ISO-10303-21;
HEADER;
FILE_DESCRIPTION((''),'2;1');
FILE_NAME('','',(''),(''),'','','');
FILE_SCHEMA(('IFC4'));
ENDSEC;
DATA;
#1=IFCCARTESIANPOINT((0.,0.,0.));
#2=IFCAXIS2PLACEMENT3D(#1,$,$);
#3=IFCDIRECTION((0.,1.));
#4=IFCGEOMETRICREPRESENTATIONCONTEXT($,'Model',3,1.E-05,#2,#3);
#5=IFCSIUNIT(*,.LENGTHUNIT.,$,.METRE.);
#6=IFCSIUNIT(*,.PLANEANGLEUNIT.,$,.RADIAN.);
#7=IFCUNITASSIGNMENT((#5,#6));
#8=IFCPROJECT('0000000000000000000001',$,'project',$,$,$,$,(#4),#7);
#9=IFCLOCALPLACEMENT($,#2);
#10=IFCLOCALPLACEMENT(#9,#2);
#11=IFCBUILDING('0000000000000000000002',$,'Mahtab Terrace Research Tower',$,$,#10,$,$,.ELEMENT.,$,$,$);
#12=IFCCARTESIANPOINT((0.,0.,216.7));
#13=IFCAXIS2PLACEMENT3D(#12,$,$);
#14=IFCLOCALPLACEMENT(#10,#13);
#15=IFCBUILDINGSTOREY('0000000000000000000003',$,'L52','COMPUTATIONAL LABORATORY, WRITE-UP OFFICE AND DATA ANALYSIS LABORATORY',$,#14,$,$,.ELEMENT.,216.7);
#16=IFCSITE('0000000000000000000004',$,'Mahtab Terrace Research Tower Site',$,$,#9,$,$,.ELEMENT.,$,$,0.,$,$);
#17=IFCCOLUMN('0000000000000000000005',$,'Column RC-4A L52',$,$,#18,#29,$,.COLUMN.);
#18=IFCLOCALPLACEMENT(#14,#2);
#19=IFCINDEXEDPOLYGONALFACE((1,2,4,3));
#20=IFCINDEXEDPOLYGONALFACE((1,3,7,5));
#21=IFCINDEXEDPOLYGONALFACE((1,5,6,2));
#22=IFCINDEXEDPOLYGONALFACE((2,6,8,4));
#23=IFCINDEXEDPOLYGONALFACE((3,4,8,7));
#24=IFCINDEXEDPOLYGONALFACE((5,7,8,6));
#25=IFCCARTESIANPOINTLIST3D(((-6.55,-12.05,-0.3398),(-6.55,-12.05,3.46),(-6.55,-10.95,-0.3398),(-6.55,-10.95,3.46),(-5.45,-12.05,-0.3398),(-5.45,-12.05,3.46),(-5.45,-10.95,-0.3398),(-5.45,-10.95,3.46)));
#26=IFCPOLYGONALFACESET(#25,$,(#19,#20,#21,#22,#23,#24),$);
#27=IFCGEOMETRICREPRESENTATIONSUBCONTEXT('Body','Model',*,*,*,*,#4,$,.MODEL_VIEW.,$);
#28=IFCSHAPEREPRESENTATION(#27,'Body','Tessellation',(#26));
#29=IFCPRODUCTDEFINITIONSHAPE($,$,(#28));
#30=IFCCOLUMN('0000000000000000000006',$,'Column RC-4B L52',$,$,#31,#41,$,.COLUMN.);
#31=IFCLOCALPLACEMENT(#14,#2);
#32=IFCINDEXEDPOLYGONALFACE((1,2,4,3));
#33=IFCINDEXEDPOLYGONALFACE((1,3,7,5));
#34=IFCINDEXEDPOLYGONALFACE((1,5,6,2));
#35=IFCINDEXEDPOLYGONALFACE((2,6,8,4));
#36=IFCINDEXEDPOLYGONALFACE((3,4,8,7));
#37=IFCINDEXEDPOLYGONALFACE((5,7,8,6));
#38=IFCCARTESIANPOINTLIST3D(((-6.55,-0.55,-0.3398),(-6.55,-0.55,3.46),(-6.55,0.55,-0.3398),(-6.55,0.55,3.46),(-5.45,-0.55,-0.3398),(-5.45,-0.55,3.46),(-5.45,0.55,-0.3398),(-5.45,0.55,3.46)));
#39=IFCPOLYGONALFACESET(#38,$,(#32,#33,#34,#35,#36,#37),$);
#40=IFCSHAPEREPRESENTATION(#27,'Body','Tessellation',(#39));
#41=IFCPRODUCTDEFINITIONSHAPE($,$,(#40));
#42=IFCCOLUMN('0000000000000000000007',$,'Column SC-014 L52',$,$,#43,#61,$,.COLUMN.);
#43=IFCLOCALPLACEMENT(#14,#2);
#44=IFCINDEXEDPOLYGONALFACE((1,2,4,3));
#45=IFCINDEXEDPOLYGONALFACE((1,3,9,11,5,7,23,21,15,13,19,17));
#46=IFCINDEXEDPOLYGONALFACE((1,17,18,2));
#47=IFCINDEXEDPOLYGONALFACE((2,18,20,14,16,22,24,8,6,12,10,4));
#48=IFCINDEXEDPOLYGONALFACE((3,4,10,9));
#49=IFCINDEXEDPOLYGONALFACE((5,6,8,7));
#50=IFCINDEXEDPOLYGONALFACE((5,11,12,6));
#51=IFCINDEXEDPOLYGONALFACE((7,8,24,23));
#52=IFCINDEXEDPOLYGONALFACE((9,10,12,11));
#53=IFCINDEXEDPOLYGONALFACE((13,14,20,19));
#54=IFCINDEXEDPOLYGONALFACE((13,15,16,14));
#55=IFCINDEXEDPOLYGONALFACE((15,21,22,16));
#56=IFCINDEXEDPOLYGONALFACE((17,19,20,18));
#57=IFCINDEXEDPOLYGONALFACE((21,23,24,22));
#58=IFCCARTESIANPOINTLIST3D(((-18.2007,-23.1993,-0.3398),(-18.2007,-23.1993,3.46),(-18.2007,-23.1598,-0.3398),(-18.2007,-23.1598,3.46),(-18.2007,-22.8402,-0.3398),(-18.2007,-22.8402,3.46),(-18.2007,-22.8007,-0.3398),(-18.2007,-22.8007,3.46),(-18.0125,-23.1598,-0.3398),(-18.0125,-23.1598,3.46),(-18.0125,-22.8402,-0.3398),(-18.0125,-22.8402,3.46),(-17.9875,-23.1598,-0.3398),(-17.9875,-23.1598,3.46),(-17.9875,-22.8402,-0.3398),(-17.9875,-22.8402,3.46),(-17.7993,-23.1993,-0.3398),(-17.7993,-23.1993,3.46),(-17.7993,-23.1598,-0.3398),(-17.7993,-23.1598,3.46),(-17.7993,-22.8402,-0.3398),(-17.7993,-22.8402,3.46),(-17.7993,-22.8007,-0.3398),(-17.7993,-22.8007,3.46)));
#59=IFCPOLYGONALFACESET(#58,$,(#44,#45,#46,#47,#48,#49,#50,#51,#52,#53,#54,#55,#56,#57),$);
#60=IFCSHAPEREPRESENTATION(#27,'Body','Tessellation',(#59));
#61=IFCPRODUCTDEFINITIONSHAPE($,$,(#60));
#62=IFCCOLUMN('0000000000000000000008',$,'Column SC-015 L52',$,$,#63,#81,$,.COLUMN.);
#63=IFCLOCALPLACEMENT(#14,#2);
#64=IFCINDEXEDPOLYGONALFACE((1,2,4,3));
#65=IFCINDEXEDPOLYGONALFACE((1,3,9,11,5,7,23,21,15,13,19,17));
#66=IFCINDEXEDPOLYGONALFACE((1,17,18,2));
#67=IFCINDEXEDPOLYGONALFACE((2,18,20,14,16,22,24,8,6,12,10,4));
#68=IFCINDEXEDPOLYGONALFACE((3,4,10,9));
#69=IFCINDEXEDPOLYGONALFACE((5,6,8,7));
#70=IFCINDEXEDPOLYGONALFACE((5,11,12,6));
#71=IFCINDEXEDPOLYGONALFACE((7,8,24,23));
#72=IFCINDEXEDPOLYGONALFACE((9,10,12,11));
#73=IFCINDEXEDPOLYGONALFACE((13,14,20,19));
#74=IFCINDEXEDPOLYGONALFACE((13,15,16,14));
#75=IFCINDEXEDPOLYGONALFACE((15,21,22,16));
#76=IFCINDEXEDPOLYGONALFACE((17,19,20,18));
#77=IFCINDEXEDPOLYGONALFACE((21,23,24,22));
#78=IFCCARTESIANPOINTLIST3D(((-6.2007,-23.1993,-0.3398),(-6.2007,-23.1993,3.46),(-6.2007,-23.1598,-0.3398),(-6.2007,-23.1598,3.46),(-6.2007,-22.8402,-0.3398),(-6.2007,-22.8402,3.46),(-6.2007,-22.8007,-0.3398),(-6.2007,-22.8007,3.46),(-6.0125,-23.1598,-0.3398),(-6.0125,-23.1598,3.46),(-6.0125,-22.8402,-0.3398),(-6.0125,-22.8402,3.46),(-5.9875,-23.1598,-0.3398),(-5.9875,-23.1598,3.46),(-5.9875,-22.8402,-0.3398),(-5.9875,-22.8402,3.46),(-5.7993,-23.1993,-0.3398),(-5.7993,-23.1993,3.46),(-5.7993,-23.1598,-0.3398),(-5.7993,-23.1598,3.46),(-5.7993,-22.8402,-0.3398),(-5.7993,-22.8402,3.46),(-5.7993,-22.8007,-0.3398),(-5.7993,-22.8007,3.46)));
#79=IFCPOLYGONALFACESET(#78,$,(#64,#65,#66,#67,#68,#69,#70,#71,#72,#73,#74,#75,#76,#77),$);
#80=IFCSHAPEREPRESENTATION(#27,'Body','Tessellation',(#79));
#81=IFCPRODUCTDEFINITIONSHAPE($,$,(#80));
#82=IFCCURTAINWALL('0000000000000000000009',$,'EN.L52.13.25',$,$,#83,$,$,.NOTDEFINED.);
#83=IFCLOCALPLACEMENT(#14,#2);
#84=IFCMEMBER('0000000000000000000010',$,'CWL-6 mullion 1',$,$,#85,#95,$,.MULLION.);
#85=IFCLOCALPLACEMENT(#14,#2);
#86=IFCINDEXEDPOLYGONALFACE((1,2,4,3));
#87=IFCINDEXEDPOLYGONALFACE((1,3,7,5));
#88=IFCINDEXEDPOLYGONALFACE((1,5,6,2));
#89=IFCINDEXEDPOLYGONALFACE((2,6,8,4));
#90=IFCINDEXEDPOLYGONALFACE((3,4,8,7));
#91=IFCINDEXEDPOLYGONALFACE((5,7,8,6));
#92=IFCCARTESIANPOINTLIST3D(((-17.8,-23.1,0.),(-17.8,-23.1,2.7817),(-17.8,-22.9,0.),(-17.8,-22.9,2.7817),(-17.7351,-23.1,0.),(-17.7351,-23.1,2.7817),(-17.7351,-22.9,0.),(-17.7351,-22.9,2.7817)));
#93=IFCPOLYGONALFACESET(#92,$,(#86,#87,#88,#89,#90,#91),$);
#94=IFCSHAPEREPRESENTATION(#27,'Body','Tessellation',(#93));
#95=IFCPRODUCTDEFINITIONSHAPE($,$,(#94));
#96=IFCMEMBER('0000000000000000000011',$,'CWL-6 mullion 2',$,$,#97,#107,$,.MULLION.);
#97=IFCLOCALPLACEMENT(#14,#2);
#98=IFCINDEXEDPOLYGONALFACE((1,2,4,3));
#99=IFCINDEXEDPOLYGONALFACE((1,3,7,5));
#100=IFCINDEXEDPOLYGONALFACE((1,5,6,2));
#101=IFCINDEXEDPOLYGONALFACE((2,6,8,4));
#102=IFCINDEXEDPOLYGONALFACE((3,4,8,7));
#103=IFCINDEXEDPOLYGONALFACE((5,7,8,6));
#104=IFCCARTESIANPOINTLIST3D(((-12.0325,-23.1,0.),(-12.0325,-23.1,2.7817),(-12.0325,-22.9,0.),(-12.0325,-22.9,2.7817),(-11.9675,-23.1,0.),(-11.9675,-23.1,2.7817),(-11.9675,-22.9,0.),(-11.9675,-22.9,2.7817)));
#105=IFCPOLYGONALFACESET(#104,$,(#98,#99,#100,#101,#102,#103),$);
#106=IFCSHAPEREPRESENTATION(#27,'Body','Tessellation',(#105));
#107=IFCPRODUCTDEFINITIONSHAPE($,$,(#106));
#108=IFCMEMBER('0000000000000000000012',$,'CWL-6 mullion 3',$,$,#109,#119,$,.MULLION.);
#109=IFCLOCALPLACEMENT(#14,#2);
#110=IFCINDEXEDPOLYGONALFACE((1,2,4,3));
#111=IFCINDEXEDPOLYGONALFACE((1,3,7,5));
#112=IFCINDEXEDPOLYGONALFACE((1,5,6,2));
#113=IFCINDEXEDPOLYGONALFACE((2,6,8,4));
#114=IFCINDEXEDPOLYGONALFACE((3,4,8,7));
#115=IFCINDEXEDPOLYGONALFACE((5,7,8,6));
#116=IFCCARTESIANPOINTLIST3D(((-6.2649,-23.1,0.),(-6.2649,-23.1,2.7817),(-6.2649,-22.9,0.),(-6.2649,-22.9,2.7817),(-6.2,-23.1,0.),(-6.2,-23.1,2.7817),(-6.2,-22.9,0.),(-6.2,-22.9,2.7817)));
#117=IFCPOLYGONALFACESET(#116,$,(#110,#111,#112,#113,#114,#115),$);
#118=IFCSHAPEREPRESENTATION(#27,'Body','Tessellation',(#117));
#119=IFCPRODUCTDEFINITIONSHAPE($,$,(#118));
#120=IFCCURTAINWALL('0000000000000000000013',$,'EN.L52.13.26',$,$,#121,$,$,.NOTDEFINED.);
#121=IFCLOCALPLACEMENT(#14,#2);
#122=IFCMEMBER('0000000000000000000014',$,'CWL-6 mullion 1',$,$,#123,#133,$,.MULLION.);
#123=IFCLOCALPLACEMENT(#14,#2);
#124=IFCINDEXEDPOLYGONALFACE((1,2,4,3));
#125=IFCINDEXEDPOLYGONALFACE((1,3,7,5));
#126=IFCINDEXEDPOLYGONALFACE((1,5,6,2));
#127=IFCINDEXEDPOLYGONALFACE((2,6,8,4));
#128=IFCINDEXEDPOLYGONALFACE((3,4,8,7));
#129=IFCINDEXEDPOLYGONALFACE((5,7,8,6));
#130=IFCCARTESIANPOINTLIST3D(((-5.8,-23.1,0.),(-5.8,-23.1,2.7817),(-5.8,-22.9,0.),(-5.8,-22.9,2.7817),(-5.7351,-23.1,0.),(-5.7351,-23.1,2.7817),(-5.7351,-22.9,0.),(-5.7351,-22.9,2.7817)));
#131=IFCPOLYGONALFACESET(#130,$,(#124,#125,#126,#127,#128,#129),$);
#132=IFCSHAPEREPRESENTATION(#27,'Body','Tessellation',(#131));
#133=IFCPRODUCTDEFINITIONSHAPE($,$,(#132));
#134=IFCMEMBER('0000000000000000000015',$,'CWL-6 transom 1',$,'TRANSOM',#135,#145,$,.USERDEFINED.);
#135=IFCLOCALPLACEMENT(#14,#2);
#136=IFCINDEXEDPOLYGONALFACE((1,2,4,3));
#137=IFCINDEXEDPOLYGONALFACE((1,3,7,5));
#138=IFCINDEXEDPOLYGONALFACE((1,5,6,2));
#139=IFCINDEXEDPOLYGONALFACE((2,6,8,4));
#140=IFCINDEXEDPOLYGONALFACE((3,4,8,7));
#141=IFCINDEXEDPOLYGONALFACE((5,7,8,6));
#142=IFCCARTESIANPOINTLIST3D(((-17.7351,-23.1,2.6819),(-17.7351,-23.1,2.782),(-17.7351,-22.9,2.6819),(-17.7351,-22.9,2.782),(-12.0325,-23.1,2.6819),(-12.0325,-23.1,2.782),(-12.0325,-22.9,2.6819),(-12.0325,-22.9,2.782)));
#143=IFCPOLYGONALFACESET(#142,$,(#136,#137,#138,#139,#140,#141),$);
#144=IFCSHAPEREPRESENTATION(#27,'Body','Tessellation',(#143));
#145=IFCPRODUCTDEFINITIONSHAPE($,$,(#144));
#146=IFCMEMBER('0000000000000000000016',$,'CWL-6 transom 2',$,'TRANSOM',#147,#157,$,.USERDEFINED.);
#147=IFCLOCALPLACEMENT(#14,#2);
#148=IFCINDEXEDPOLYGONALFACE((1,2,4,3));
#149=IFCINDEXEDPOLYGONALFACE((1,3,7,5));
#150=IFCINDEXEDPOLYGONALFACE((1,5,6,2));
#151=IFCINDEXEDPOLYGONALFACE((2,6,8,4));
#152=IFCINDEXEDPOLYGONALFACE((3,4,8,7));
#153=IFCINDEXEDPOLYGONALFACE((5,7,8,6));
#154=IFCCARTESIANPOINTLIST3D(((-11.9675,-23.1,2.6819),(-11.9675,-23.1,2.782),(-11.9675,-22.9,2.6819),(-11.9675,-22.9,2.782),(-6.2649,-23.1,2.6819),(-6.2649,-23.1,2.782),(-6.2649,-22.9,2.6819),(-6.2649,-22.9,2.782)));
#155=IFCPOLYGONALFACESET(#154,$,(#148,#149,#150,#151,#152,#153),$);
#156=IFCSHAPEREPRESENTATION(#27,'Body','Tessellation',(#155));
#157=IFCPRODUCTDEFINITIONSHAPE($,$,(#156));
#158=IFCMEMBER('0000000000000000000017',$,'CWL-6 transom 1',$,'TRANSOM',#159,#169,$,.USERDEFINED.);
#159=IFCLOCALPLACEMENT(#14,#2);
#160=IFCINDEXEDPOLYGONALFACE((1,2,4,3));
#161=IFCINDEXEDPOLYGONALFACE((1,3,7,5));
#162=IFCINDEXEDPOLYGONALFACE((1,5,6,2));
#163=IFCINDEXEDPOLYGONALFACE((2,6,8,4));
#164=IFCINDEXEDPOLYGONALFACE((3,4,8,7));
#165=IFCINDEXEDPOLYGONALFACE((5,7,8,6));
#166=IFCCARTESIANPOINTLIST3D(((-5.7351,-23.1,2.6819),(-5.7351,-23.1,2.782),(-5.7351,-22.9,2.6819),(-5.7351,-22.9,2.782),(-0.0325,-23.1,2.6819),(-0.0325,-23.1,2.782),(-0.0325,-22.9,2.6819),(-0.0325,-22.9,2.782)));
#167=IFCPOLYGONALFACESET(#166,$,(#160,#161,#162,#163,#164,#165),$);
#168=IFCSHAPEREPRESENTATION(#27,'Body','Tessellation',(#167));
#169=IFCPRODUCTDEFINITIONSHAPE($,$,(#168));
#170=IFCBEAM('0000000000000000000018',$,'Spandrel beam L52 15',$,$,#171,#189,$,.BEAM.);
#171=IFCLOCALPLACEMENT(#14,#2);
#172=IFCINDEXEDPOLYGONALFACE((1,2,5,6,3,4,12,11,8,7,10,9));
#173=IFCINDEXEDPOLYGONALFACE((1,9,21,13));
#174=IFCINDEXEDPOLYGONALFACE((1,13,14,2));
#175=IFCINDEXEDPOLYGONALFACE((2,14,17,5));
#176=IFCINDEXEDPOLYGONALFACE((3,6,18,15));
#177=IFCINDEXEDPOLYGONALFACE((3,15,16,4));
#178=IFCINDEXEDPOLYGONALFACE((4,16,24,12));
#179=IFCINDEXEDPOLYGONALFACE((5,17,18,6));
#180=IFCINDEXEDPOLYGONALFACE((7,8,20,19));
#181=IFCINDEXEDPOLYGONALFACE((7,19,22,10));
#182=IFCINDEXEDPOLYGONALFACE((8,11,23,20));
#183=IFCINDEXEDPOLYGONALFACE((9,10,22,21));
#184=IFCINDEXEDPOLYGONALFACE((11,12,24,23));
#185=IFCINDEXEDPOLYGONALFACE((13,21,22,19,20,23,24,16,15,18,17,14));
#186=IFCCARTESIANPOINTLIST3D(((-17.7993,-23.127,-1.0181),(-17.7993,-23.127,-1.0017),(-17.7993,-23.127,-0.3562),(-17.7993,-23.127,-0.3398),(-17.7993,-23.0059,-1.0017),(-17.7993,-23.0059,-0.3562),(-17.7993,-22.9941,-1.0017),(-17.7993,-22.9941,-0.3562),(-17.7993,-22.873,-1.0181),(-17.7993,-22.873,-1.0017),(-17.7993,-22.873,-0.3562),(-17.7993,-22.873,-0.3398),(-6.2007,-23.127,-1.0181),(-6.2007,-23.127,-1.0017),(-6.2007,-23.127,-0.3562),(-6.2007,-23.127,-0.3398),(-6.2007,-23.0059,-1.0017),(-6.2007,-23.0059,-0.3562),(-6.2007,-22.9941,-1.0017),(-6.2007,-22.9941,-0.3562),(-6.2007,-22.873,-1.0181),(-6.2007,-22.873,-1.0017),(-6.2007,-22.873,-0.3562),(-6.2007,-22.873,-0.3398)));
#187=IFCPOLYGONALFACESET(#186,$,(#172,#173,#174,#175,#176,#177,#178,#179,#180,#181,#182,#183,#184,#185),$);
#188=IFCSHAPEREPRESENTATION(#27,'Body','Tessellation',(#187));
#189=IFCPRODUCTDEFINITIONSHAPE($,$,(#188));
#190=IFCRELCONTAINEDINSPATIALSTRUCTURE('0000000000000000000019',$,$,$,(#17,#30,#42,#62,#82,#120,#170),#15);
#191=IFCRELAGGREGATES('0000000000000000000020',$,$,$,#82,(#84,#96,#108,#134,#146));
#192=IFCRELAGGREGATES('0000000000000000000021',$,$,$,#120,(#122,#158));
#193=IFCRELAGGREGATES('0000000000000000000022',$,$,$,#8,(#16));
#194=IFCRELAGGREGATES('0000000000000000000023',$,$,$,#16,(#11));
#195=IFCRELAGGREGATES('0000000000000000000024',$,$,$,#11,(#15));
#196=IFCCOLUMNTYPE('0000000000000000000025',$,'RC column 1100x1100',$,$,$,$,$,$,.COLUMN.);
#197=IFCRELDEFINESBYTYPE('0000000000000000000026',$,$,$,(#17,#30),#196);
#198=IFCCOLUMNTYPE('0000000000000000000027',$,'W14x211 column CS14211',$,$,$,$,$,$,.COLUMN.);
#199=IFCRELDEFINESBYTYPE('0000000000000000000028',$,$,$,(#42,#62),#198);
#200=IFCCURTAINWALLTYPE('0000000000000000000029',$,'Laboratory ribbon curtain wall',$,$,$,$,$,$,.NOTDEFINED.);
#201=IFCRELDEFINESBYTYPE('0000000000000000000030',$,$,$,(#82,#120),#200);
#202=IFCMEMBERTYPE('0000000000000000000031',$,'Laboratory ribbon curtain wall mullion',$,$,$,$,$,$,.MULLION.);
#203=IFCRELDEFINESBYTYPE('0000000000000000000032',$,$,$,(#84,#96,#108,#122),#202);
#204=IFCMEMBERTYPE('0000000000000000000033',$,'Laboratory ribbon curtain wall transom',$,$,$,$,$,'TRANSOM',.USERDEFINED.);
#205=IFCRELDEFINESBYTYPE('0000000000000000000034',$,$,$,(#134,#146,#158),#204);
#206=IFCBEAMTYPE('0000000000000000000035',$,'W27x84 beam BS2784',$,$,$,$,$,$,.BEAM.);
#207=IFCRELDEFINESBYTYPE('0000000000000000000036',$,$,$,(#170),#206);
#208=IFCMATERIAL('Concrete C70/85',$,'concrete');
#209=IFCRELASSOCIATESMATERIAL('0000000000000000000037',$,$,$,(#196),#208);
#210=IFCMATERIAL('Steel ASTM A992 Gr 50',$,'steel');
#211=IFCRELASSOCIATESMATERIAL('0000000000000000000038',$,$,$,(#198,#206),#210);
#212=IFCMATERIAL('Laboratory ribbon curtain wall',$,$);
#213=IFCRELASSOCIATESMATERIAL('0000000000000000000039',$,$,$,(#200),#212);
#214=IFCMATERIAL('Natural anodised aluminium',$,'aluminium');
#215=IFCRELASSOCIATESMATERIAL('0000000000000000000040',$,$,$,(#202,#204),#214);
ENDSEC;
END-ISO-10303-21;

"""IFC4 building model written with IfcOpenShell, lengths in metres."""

from ifc_helpers import new_model, si_unit, direction, frame, origin, origin_2d, place, context, subcontext, project, spatial, rectangle, i_section, extrude, material, material_profile, profile_set, type_object, element, aggregate, save


model = new_model("IFC4")

# Units and contexts
model_context = context("Model", 3, precision=1e-05, world=origin(), true_north=direction((0.0, 1.0)))
body_context = subcontext(model_context, "Body", "Model", "MODEL_VIEW")
ifc_project = project(units=[si_unit("LENGTHUNIT", "METRE"), si_unit("PLANEANGLEUNIT", "RADIAN")], contexts=[model_context])

# Site, building, storey
site_placement = place(None, origin())
site = spatial("IfcSite", under=ifc_project, at=site_placement, Name="Mahtab Terrace Research Tower Site", CompositionType="ELEMENT", RefElevation=0.0)
building_placement = place(site_placement, origin())
building = spatial("IfcBuilding", under=site, at=building_placement, Name="Mahtab Terrace Research Tower", CompositionType="ELEMENT")
storey_placement = place(building_placement, frame((0.0, 0.0, 216.7)))
storey = spatial("IfcBuildingStorey", under=building, at=storey_placement, Name="L52", Description="COMPUTATIONAL LABORATORY, WRITE-UP OFFICE AND DATA ANALYSIS LABORATORY", CompositionType="ELEMENT", Elevation=216.7)

# Columns
ifc_material_1 = material(Name="Concrete C70/85", Category="concrete")
ifc_material_profile_1 = material_profile(ifc_material_1, rectangle(XDim=1.1001, YDim=1.1001, at=origin_2d()), Name="RC column 1100x1100")
ifc_profile_set_1 = profile_set([ifc_material_profile_1], Name="Concrete C70/85")
column_type_1 = type_object("IfcColumnType", Name="RC column 1100x1100", PredefinedType="COLUMN", material=ifc_profile_set_1)
for number, where, z_axis, x_axis, name in (
    (1, (-6.0, -11.5, -0.3398), (0.0, 0.0, 1.0), (1.0, 0.0, 0.0), "Column RC-4A L52"),
    (2, (-6.0, 0.0, -0.3398), (0.0, 0.0, 1.0), (1.0, 0.0, 0.0), "Column RC-4B L52"),
):
    element("IfcColumn", number, at=place(storey_placement, frame(where, z_axis=z_axis, x_axis=x_axis)), inside=storey, type_object=column_type_1, Name=name, PredefinedType="COLUMN", context=body_context, shape_type="SweptSolid", body=[
        extrude(rectangle(XDim=1.1001, YDim=1.1001, at=origin_2d()), origin(), (0.0, 0.0, 1.0), 3.7998),
    ])
ifc_material_2 = material(Name="Steel ASTM A992 Gr 50", Category="steel")
ifc_material_profile_2 = material_profile(ifc_material_2, i_section(OverallWidth=0.4014, OverallDepth=0.3987, WebThickness=0.0249, FlangeThickness=0.0396, at=origin_2d()), Name="W14X211")
ifc_profile_set_2 = profile_set([ifc_material_profile_2], Name="Steel ASTM A992 Gr 50")
column_type_2 = type_object("IfcColumnType", Name="W14x211 column CS14211", PredefinedType="COLUMN", material=ifc_profile_set_2)
for number, where, z_axis, x_axis, name in (
    (3, (-18.0, -23.0, -0.3398), (0.0, 0.0, 1.0), (1.0, 0.0, 0.0), "Column SC-014 L52"),
    (4, (-6.0, -23.0, -0.3398), (0.0, 0.0, 1.0), (1.0, 0.0, 0.0), "Column SC-015 L52"),
):
    element("IfcColumn", number, at=place(storey_placement, frame(where, z_axis=z_axis, x_axis=x_axis)), inside=storey, type_object=column_type_2, Name=name, PredefinedType="COLUMN", context=body_context, shape_type="SweptSolid", body=[
        extrude(i_section(OverallWidth=0.4014, OverallDepth=0.3987, WebThickness=0.0249, FlangeThickness=0.0396, at=origin_2d()), origin(), (0.0, 0.0, 1.0), 3.7998),
    ])

# Curtain wall, members
ifc_material_3 = material(Name="Laboratory ribbon curtain wall")
curtain_wall_type = type_object("IfcCurtainWallType", Name="Laboratory ribbon curtain wall", PredefinedType="NOTDEFINED", material=ifc_material_3)
curtain_wall_1_placement = place(storey_placement, origin())
curtain_wall_1 = element("IfcCurtainWall", 5, at=curtain_wall_1_placement, inside=storey, type_object=curtain_wall_type, Name="EN.L52.13.25", PredefinedType="NOTDEFINED")
ifc_material_4 = material(Name="Natural anodised aluminium", Category="aluminium")
ifc_material_profile_3 = material_profile(ifc_material_4, rectangle(XDim=0.2, YDim=0.0649, at=origin_2d()), Name="MULLION 65x200")
ifc_profile_set_3 = profile_set([ifc_material_profile_3], Name="Natural anodised aluminium")
member_type_1 = type_object("IfcMemberType", Name="Laboratory ribbon curtain wall mullion", PredefinedType="MULLION", material=ifc_profile_set_3)
member_1_placement = place(storey_placement, frame((-17.7676, -23.0, 0.0), z_axis=(0.0, 0.0, 1.0), x_axis=(0.0, 1.0, 0.0)))
member_1 = element("IfcMember", 6, at=member_1_placement, type_object=member_type_1, Name="CWL-6 mullion 1", PredefinedType="MULLION", context=body_context, shape_type="SweptSolid", body=[
    extrude(rectangle(XDim=0.2, YDim=0.0649, at=origin_2d()), origin(), (0.0, 0.0, 1.0), 2.7817),
])
member_2_placement = place(storey_placement, frame((-12.0, -23.0, 0.0), z_axis=(0.0, 0.0, 1.0), x_axis=(0.0, 1.0, 0.0)))
member_2 = element("IfcMember", 7, at=member_2_placement, type_object=member_type_1, Name="CWL-6 mullion 2", PredefinedType="MULLION", context=body_context, shape_type="SweptSolid", body=[
    extrude(rectangle(XDim=0.2, YDim=0.0649, at=origin_2d()), origin(), (0.0, 0.0, 1.0), 2.7817),
])
member_3_placement = place(storey_placement, frame((-6.2324, -23.0, 0.0), z_axis=(0.0, 0.0, 1.0), x_axis=(0.0, 1.0, 0.0)))
member_3 = element("IfcMember", 8, at=member_3_placement, type_object=member_type_1, Name="CWL-6 mullion 3", PredefinedType="MULLION", context=body_context, shape_type="SweptSolid", body=[
    extrude(rectangle(XDim=0.2, YDim=0.0649, at=origin_2d()), origin(), (0.0, 0.0, 1.0), 2.7817),
])

# Curtain wall, member
curtain_wall_2_placement = place(storey_placement, origin())
curtain_wall_2 = element("IfcCurtainWall", 9, at=curtain_wall_2_placement, inside=storey, type_object=curtain_wall_type, Name="EN.L52.13.26", PredefinedType="NOTDEFINED")
member_4_placement = place(storey_placement, frame((-5.7676, -23.0, 0.0), z_axis=(0.0, 0.0, 1.0), x_axis=(0.0, 1.0, 0.0)))
member_4 = element("IfcMember", 10, at=member_4_placement, type_object=member_type_1, Name="CWL-6 mullion 1", PredefinedType="MULLION", context=body_context, shape_type="SweptSolid", body=[
    extrude(rectangle(XDim=0.2, YDim=0.0649, at=origin_2d()), origin(), (0.0, 0.0, 1.0), 2.7817),
])

# Members
ifc_material_profile_4 = material_profile(ifc_material_4, rectangle(XDim=0.2, YDim=0.1001, at=origin_2d()), Name="TRANSOM 100x200")
ifc_profile_set_4 = profile_set([ifc_material_profile_4], Name="Natural anodised aluminium")
member_type_2 = type_object("IfcMemberType", Name="Laboratory ribbon curtain wall transom", ElementType="TRANSOM", PredefinedType="USERDEFINED", material=ifc_profile_set_4)
member_5_placement = place(storey_placement, frame((-17.7351, -23.0, 2.7319), z_axis=(1.0, 0.0, 0.0), x_axis=(0.0, 1.0, 0.0)))
member_5 = element("IfcMember", 11, at=member_5_placement, type_object=member_type_2, Name="CWL-6 transom 1", ObjectType="TRANSOM", PredefinedType="USERDEFINED", context=body_context, shape_type="SweptSolid", body=[
    extrude(rectangle(XDim=0.2, YDim=0.1001, at=origin_2d()), origin(), (0.0, 0.0, 1.0), 5.7026),
])
member_6_placement = place(storey_placement, frame((-11.9675, -23.0, 2.7319), z_axis=(1.0, 0.0, 0.0), x_axis=(0.0, 1.0, 0.0)))
member_6 = element("IfcMember", 12, at=member_6_placement, type_object=member_type_2, Name="CWL-6 transom 2", ObjectType="TRANSOM", PredefinedType="USERDEFINED", context=body_context, shape_type="SweptSolid", body=[
    extrude(rectangle(XDim=0.2, YDim=0.1001, at=origin_2d()), origin(), (0.0, 0.0, 1.0), 5.7026),
])
member_7_placement = place(storey_placement, frame((-5.7351, -23.0, 2.7319), z_axis=(1.0, 0.0, 0.0), x_axis=(0.0, 1.0, 0.0)))
member_7 = element("IfcMember", 13, at=member_7_placement, type_object=member_type_2, Name="CWL-6 transom 1", ObjectType="TRANSOM", PredefinedType="USERDEFINED", context=body_context, shape_type="SweptSolid", body=[
    extrude(rectangle(XDim=0.2, YDim=0.1001, at=origin_2d()), origin(), (0.0, 0.0, 1.0), 5.7026),
])

# Beam
ifc_material_profile_5 = material_profile(ifc_material_2, i_section(OverallWidth=0.2539, OverallDepth=0.6782, WebThickness=0.0117, FlangeThickness=0.0164, at=origin_2d()), Name="W27X84")
ifc_profile_set_5 = profile_set([ifc_material_profile_5], Name="Steel ASTM A992 Gr 50")
beam_type = type_object("IfcBeamType", Name="W27x84 beam BS2784", PredefinedType="BEAM", material=ifc_profile_set_5)
for number, where, z_axis, x_axis, name in (
    (14, (-17.7993, -23.0, -0.679), (1.0, 0.0, 0.0), (0.0, 1.0, 0.0), "Spandrel beam L52 15"),
):
    element("IfcBeam", number, at=place(storey_placement, frame(where, z_axis=z_axis, x_axis=x_axis)), inside=storey, type_object=beam_type, Name=name, PredefinedType="BEAM", context=body_context, shape_type="SweptSolid", body=[
        extrude(i_section(OverallWidth=0.2539, OverallDepth=0.6782, WebThickness=0.0117, FlangeThickness=0.0164, at=origin_2d()), origin(), (0.0, 0.0, 1.0), 11.5986),
    ])

aggregate(curtain_wall_1, [member_1, member_2, member_3, member_5, member_6])
aggregate(curtain_wall_2, [member_4, member_7])

save(model, "model.ifc")
